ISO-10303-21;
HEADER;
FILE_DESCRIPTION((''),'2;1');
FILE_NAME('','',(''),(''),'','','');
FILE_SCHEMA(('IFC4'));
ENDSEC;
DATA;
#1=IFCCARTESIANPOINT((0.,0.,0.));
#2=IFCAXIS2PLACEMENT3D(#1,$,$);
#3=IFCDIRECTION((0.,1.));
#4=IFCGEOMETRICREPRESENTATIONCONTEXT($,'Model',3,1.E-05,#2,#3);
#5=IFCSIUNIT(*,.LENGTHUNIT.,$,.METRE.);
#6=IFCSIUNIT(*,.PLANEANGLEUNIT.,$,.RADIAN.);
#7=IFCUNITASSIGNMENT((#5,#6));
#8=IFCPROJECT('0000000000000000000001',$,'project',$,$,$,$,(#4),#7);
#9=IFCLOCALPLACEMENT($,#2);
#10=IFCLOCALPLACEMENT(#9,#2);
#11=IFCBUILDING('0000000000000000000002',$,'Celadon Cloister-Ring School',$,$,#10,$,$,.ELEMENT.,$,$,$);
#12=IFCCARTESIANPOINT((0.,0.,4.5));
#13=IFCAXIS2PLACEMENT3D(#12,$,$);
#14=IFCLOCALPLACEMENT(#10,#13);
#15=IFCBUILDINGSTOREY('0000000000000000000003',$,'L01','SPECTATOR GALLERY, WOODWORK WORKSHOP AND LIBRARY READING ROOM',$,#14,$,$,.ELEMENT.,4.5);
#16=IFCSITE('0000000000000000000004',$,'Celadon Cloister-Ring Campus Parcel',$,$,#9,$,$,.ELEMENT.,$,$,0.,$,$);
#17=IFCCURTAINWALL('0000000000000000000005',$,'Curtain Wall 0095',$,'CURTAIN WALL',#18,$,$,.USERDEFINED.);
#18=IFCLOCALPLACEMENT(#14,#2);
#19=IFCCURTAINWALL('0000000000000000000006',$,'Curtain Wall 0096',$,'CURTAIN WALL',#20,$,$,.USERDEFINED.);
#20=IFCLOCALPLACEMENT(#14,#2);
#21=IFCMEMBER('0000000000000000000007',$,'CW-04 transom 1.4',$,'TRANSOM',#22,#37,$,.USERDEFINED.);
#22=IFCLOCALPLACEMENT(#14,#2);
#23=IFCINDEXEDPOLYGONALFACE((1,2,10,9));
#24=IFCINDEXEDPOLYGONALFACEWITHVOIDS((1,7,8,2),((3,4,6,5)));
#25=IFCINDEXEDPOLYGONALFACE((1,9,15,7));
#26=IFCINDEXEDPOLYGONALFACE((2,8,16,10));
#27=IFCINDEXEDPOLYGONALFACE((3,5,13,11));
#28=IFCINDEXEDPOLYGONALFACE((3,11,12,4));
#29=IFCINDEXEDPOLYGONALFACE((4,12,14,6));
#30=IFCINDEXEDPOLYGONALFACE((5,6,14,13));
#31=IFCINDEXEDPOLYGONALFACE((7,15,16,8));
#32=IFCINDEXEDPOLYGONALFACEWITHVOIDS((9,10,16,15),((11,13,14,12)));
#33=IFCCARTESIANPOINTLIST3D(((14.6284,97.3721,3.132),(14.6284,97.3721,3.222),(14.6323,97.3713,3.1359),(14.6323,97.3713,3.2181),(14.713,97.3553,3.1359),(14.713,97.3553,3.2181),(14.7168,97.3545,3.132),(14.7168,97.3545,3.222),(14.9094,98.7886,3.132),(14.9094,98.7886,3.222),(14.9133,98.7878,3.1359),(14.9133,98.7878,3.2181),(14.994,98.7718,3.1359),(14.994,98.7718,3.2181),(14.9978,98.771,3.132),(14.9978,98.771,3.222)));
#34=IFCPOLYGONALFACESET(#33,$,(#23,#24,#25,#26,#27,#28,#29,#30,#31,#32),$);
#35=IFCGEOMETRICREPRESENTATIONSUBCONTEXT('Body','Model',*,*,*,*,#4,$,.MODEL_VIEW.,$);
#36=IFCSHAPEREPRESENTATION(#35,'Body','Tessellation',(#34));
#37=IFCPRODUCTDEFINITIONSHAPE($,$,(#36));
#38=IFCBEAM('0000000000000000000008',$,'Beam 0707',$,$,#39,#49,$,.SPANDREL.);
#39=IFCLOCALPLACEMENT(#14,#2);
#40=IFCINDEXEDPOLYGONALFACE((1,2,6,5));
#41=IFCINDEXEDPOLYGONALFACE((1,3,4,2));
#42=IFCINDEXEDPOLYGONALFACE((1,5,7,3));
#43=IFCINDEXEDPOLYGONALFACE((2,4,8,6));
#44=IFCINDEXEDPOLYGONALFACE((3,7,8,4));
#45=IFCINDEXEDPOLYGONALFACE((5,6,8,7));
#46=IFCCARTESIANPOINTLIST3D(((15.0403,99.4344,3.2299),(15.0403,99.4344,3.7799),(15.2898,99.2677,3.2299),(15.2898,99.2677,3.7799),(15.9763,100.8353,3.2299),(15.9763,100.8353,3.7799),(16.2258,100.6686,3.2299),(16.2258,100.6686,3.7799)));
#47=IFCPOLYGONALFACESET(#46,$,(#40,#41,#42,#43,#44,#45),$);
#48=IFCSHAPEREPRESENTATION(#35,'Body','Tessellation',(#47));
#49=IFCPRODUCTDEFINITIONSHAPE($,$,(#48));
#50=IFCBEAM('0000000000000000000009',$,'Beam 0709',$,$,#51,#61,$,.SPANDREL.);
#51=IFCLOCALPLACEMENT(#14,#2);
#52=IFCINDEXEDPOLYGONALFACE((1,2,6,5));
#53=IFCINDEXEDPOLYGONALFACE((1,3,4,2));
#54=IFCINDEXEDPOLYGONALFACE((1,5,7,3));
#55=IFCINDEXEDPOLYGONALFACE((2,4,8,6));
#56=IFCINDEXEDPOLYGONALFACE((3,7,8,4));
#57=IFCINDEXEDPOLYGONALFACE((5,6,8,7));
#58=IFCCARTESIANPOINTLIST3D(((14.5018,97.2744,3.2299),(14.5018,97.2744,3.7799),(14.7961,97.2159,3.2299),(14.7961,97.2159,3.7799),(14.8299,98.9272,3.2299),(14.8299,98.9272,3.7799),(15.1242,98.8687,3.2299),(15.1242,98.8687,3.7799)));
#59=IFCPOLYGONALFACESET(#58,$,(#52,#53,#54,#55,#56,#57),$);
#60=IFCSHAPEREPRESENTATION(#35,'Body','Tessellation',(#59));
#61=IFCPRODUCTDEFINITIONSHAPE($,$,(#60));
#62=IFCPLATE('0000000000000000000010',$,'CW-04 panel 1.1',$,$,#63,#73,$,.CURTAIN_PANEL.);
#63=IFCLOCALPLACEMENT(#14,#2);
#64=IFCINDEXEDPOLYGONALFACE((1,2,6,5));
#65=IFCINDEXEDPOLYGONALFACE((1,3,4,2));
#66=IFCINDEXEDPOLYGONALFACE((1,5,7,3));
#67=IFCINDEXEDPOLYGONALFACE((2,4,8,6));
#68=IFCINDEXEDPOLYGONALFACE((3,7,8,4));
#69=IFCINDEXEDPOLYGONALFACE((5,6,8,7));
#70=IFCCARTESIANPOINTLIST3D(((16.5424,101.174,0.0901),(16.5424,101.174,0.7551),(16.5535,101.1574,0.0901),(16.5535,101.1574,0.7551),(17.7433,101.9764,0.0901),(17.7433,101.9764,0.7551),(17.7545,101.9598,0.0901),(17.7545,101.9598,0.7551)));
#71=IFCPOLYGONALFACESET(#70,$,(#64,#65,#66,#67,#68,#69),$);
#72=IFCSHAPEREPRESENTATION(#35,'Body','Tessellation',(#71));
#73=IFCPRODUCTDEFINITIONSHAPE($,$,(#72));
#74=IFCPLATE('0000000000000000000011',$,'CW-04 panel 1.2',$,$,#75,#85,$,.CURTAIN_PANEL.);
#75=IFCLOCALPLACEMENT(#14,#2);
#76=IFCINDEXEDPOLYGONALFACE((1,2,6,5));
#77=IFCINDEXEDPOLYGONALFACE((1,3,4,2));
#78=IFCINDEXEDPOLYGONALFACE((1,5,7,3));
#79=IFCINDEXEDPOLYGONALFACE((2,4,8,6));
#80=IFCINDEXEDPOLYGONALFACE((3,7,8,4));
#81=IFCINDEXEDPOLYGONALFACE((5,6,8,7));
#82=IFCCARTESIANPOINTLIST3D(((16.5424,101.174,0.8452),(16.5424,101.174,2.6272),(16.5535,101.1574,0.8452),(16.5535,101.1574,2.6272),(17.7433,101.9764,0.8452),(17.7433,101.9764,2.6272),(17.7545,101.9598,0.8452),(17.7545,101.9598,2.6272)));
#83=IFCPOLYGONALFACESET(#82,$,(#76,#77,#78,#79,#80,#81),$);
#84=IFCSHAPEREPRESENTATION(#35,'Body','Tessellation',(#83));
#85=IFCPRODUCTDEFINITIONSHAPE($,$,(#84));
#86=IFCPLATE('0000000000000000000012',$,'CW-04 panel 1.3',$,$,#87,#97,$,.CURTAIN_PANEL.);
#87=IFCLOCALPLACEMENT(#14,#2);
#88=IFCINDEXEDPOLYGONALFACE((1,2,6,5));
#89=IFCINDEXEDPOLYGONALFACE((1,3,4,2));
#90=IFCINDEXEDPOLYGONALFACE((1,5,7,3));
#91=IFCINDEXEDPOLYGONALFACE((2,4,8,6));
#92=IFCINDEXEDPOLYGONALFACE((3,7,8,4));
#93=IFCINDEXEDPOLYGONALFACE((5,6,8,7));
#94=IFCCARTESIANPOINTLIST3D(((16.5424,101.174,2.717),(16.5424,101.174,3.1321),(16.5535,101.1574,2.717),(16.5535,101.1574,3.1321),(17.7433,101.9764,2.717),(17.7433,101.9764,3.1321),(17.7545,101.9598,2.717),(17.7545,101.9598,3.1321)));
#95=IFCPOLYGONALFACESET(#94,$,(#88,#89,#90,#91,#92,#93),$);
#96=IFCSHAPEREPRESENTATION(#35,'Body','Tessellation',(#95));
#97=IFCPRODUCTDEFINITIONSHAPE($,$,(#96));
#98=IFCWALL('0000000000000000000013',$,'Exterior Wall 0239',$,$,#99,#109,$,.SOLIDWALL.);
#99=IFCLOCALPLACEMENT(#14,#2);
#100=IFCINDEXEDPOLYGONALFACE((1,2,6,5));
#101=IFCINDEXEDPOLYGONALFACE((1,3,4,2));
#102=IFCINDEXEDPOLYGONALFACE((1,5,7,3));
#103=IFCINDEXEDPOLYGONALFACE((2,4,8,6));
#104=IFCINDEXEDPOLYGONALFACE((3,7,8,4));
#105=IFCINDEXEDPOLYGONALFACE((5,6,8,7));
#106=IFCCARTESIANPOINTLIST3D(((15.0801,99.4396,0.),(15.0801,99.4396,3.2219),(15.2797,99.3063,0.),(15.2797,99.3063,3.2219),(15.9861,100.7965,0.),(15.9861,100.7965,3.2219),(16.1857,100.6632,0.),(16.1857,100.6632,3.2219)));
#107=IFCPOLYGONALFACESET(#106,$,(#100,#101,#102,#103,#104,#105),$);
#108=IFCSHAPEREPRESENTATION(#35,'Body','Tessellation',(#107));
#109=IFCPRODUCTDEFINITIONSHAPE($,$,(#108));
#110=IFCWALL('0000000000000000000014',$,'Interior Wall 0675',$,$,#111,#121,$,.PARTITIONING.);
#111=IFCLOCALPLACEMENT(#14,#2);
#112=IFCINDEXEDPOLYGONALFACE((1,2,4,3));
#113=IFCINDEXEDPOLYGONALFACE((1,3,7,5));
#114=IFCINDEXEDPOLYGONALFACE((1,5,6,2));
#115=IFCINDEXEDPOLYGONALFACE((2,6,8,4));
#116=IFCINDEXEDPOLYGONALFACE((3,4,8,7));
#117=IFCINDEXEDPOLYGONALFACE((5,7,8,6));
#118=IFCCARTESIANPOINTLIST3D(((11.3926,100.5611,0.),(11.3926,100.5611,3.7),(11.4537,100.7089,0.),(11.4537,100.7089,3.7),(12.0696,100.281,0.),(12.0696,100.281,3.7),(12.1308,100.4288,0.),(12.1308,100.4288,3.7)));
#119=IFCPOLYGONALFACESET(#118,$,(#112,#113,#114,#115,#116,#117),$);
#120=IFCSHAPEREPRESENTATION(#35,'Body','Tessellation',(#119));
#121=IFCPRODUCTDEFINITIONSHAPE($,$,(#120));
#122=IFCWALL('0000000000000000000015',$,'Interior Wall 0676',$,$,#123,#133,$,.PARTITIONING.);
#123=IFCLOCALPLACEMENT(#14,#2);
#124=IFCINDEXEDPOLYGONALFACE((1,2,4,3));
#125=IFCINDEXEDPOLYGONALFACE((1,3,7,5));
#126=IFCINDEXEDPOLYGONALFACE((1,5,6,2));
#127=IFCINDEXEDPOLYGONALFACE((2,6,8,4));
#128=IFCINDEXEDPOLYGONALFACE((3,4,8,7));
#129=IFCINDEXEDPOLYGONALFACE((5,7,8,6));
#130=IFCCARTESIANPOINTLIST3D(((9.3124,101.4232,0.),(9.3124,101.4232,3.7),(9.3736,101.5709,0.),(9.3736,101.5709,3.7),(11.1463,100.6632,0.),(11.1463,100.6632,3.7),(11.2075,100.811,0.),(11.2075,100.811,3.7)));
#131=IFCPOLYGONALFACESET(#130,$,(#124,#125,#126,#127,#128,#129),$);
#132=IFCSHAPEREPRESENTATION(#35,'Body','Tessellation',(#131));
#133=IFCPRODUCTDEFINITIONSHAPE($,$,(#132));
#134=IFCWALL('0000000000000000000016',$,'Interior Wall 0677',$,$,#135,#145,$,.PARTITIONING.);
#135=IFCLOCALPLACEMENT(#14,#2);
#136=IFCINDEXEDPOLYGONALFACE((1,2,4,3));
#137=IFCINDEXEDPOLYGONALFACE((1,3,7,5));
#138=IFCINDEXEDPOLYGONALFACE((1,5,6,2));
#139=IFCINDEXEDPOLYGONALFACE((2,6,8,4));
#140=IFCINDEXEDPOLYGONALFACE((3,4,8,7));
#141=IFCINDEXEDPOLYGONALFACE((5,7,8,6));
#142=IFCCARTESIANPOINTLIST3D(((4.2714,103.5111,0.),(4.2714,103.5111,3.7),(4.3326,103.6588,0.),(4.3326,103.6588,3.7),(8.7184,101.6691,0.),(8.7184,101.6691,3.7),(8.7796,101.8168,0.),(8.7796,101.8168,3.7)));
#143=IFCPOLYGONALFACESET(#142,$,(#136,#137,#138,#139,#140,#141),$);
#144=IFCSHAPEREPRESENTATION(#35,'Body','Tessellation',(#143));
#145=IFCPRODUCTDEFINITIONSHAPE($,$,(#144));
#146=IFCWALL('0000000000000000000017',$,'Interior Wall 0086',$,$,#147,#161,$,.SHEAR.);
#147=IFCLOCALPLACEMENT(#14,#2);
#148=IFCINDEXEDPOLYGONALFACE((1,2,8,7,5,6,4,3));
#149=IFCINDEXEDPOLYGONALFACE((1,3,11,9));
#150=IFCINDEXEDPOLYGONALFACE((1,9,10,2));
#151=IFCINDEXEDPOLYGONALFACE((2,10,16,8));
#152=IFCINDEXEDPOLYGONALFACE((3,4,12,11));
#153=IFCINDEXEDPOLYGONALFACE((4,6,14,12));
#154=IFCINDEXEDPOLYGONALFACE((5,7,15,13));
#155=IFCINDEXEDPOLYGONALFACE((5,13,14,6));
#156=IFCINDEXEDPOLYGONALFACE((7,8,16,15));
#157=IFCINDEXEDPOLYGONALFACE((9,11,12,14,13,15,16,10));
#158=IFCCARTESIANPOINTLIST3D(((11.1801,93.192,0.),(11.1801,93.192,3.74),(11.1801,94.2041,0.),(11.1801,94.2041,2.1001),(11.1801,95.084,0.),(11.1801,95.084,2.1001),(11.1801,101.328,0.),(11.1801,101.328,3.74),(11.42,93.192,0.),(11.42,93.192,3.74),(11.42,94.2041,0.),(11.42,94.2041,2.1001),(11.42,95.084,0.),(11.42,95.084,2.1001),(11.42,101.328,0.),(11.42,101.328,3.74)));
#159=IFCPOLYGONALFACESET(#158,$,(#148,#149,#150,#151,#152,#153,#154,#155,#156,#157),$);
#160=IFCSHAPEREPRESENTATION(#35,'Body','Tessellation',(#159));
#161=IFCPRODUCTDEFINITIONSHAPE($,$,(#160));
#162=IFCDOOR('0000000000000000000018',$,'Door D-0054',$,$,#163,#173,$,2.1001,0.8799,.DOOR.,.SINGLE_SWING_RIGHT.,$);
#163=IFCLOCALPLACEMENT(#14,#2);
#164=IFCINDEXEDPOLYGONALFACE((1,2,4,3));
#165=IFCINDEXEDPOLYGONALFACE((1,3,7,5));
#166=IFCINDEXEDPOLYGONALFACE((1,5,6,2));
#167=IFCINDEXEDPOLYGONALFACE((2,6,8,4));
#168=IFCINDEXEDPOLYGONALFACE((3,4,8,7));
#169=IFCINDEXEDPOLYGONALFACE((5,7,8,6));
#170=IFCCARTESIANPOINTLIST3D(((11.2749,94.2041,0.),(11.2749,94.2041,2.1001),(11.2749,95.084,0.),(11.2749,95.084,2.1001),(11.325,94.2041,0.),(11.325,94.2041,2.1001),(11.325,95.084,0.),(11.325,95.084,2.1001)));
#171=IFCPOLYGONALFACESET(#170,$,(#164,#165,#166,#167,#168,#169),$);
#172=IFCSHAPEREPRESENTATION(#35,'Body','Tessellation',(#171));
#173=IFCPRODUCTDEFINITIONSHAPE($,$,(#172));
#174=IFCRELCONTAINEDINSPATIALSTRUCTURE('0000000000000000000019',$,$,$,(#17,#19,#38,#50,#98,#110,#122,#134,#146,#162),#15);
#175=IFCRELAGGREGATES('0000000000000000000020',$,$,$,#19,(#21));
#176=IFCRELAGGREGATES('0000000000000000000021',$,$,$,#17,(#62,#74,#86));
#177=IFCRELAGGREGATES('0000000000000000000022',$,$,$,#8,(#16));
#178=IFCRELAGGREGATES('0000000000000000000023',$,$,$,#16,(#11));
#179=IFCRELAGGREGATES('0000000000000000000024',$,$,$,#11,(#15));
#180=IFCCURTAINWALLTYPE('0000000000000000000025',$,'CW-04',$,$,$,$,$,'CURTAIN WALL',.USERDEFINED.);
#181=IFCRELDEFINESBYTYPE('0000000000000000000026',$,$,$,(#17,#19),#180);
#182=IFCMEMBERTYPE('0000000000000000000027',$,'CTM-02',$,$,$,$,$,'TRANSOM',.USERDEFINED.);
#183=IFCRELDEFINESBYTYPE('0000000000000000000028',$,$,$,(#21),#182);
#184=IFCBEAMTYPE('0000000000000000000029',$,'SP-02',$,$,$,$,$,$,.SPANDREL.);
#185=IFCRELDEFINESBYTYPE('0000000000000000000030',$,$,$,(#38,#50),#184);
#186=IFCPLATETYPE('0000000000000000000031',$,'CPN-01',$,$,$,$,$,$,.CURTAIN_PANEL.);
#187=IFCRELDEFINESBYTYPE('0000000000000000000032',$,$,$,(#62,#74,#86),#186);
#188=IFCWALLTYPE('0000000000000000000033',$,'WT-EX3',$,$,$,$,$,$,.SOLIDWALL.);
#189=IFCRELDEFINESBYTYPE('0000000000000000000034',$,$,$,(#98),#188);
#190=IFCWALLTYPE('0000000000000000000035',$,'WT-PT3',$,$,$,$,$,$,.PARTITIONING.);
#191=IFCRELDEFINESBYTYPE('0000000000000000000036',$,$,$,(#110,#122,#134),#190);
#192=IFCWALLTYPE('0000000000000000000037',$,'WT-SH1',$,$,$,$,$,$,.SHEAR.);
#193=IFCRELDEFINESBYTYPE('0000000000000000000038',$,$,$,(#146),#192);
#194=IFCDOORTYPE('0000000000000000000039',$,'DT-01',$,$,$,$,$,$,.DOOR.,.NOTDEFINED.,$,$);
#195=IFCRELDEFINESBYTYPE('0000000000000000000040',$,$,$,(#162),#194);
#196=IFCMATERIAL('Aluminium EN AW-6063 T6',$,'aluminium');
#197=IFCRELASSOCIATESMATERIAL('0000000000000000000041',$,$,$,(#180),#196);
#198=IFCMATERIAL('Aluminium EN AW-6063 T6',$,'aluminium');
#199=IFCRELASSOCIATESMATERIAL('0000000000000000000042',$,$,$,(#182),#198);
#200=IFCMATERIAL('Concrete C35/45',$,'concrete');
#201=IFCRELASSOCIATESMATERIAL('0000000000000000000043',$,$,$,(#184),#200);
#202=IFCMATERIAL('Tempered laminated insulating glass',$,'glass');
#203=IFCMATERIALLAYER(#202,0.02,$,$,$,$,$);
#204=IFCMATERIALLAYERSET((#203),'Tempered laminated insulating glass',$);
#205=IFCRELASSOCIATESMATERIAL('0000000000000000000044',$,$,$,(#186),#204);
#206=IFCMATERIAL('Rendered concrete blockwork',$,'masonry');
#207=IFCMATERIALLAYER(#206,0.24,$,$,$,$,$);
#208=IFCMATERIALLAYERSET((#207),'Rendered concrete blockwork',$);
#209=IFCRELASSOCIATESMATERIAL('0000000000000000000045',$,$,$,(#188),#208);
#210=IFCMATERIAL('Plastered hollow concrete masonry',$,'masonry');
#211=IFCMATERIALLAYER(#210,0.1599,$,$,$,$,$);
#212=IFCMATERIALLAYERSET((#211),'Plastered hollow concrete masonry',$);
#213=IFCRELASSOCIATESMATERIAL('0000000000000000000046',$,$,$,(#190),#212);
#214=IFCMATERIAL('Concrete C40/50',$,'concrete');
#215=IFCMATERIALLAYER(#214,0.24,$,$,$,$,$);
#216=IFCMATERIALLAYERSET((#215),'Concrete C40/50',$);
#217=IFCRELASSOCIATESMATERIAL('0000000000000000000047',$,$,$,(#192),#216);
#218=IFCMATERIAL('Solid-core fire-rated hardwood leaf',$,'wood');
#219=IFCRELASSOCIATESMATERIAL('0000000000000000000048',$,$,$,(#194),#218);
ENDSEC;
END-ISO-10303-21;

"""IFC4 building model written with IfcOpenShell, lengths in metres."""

from ifc_helpers import new_model, si_unit, direction, frame, frame_2d, origin, origin_2d, place, context, subcontext, project, spatial, rectangle, hollow_rectangle, extrude, material, layer, layer_set, material_profile, profile_set, type_object, element, fill, aggregate, save


model = new_model("IFC4")

# Units and contexts
model_context = context("Model", 3, precision=1e-05, world=origin(), true_north=direction((0.0, 1.0)))
body_context = subcontext(model_context, "Body", "Model", "MODEL_VIEW")
ifc_project = project(units=[si_unit("LENGTHUNIT", "METRE"), si_unit("PLANEANGLEUNIT", "RADIAN")], contexts=[model_context])

# Site, building, storey
site_placement = place(None, origin())
site = spatial("IfcSite", under=ifc_project, at=site_placement, Name="Celadon Cloister-Ring Campus Parcel", CompositionType="ELEMENT", RefElevation=0.0)
building_placement = place(site_placement, origin())
building = spatial("IfcBuilding", under=site, at=building_placement, Name="Celadon Cloister-Ring School", CompositionType="ELEMENT")
storey_placement = place(building_placement, frame((0.0, 0.0, 4.5)))
storey = spatial("IfcBuildingStorey", under=building, at=storey_placement, Name="L01", Description="SPECTATOR GALLERY, WOODWORK WORKSHOP AND LIBRARY READING ROOM", CompositionType="ELEMENT", Elevation=4.5)

# Curtain wall
ifc_material_1 = material(Name="Aluminium EN AW-6063 T6", Category="aluminium")
curtain_wall_type = type_object("IfcCurtainWallType", Name="CW-04", ElementType="CURTAIN WALL", PredefinedType="USERDEFINED", material=ifc_material_1)
curtain_wall_1_placement = place(storey_placement, origin())
curtain_wall_1 = element("IfcCurtainWall", 1, at=curtain_wall_1_placement, inside=storey, type_object=curtain_wall_type, Name="Curtain Wall 0095", ObjectType="CURTAIN WALL", PredefinedType="USERDEFINED")

# Curtain wall, member
curtain_wall_2_placement = place(storey_placement, origin())
curtain_wall_2 = element("IfcCurtainWall", 2, at=curtain_wall_2_placement, inside=storey, type_object=curtain_wall_type, Name="Curtain Wall 0096", ObjectType="CURTAIN WALL", PredefinedType="USERDEFINED")
ifc_material_2 = material(Name="Aluminium EN AW-6063 T6", Category="aluminium")
ifc_material_profile_1 = material_profile(ifc_material_2, hollow_rectangle(XDim=0.0901, YDim=0.0901, WallThickness=0.0039, at=origin_2d()), Name="RHS90X90X4")
ifc_profile_set_1 = profile_set([ifc_material_profile_1], Name="Aluminium EN AW-6063 T6")
member_type_1 = type_object("IfcMemberType", Name="CTM-02", ElementType="TRANSOM", PredefinedType="USERDEFINED", material=ifc_profile_set_1)
member_1_placement = place(storey_placement, frame((14.9536, 98.7798, 3.177), z_axis=(-0.194588, -0.980885, 0.0), x_axis=(0.980885, -0.194588, 0.0)))
member_1 = element("IfcMember", 3, at=member_1_placement, type_object=member_type_1, Name="CW-04 transom 1.4", ObjectType="TRANSOM", PredefinedType="USERDEFINED", context=body_context, shape_type="SweptSolid", body=[
    extrude(hollow_rectangle(XDim=0.0901, YDim=0.0901, WallThickness=0.0039, at=origin_2d()), origin(), (0.0, 0.0, 1.0), 1.4441),
])
aggregate(curtain_wall_2, [member_1])

# Beams
ifc_material_3 = material(Name="Concrete C35/45", Category="concrete")
ifc_material_profile_2 = material_profile(ifc_material_3, rectangle(XDim=0.3, YDim=0.55, at=origin_2d()), Name="RC300X550")
ifc_profile_set_2 = profile_set([ifc_material_profile_2], Name="Concrete C35/45")
beam_type_1 = type_object("IfcBeamType", Name="SP-02", PredefinedType="SPANDREL", material=ifc_profile_set_2)
beam_1_placement = place(storey_placement, frame((16.1011, 100.752, 3.5049), z_axis=(-0.555569, -0.83147, 0.0), x_axis=(0.83147, -0.555569, 0.0)))
element("IfcBeam", 4, at=beam_1_placement, inside=storey, type_object=beam_type_1, Name="Beam 0707", PredefinedType="SPANDREL", context=body_context, shape_type="SweptSolid", body=[
    extrude(rectangle(XDim=0.3, YDim=0.55, at=origin_2d()), origin(), (0.0, 0.0, 1.0), 1.6848),
])
beam_2_placement = place(storey_placement, frame((14.9771, 98.8979, 3.5049), z_axis=(-0.194723, -0.980858, 0.0), x_axis=(0.980858, -0.194723, 0.0)))
element("IfcBeam", 5, at=beam_2_placement, inside=storey, type_object=beam_type_1, Name="Beam 0709", PredefinedType="SPANDREL", context=body_context, shape_type="SweptSolid", body=[
    extrude(rectangle(XDim=0.3, YDim=0.55, at=origin_2d()), origin(), (0.0, 0.0, 1.0), 1.6851),
])

# Plates
ifc_material_4 = material(Name="Tempered laminated insulating glass", Category="glass")
ifc_layer_1 = layer(ifc_material_4, 0.02)
ifc_layer_set_1 = layer_set([ifc_layer_1], Name="Tempered laminated insulating glass")
plate_type = type_object("IfcPlateType", Name="CPN-01", PredefinedType="CURTAIN_PANEL", material=ifc_layer_set_1)
plate_1_placement = place(storey_placement, frame((17.1484, 101.5669, 0.0901), z_axis=(0.0, 0.0, 1.0), x_axis=(-0.831485, -0.555547, 0.0)))
plate_1 = element("IfcPlate", 6, at=plate_1_placement, type_object=plate_type, Name="CW-04 panel 1.1", PredefinedType="CURTAIN_PANEL", context=body_context, shape_type="SweptSolid", body=[
    extrude(rectangle(XDim=1.4443, YDim=0.02, at=origin_2d()), origin(), (0.0, 0.0, 1.0), 0.665),
])
plate_2_placement = place(storey_placement, frame((17.1484, 101.5669, 0.8452), z_axis=(0.0, 0.0, 1.0), x_axis=(-0.831485, -0.555547, 0.0)))
plate_2 = element("IfcPlate", 7, at=plate_2_placement, type_object=plate_type, Name="CW-04 panel 1.2", PredefinedType="CURTAIN_PANEL", context=body_context, shape_type="SweptSolid", body=[
    extrude(rectangle(XDim=1.4443, YDim=0.02, at=origin_2d()), origin(), (0.0, 0.0, 1.0), 1.782),
])
plate_3_placement = place(storey_placement, frame((17.1484, 101.5669, 2.717), z_axis=(0.0, 0.0, 1.0), x_axis=(-0.831485, -0.555547, 0.0)))
plate_3 = element("IfcPlate", 8, at=plate_3_placement, type_object=plate_type, Name="CW-04 panel 1.3", PredefinedType="CURTAIN_PANEL", context=body_context, shape_type="SweptSolid", body=[
    extrude(rectangle(XDim=1.4443, YDim=0.02, at=origin_2d()), origin(), (0.0, 0.0, 1.0), 0.415),
])
aggregate(curtain_wall_1, [plate_1, plate_2, plate_3])

# Walls
ifc_material_5 = material(Name="Rendered concrete blockwork", Category="masonry")
ifc_layer_2 = layer(ifc_material_5, 0.24)
ifc_layer_set_2 = layer_set([ifc_layer_2], Name="Rendered concrete blockwork")
wall_type_1 = type_object("IfcWallType", Name="WT-EX3", PredefinedType="SOLIDWALL", material=ifc_layer_set_2)
wall_1_placement = place(storey_placement, frame((16.0859, 100.73, 0.0), z_axis=(0.0, 0.0, 1.0), x_axis=(-0.555287, -0.831659, 0.0)))
element("IfcWall", 9, at=wall_1_placement, inside=storey, type_object=wall_type_1, Name="Exterior Wall 0239", PredefinedType="SOLIDWALL", context=body_context, shape_type="SweptSolid", body=[
    extrude(rectangle(XDim=1.6316, YDim=0.24, at=frame_2d((0.8159, 0.0))), origin(), (0.0, 0.0, 1.0), 3.2219),
])
ifc_material_6 = material(Name="Plastered hollow concrete masonry", Category="masonry")
ifc_layer_3 = layer(ifc_material_6, 0.1599)
ifc_layer_set_3 = layer_set([ifc_layer_3], Name="Plastered hollow concrete masonry")
wall_type_2 = type_object("IfcWallType", Name="WT-PT3", PredefinedType="PARTITIONING", material=ifc_layer_set_3)
wall_2_placement = place(storey_placement, frame((12.1001, 100.355, 0.0), z_axis=(0.0, 0.0, 1.0), x_axis=(-0.92407, 0.382224, 0.0)))
element("IfcWall", 10, at=wall_2_placement, inside=storey, type_object=wall_type_2, Name="Interior Wall 0675", PredefinedType="PARTITIONING", context=body_context, shape_type="SweptSolid", body=[
    extrude(rectangle(XDim=0.7327, YDim=0.1599, at=frame_2d((0.3662, 0.0))), origin(), (0.0, 0.0, 1.0), 3.7),
])
wall_3_placement = place(storey_placement, frame((11.177, 100.7371, 0.0), z_axis=(0.0, 0.0, 1.0), x_axis=(-0.923817, 0.382833, 0.0)))
element("IfcWall", 11, at=wall_3_placement, inside=storey, type_object=wall_type_2, Name="Interior Wall 0676", PredefinedType="PARTITIONING", context=body_context, shape_type="SweptSolid", body=[
    extrude(rectangle(XDim=1.9851, YDim=0.1599, at=frame_2d((0.9927, 0.0))), origin(), (0.0, 0.0, 1.0), 3.7),
])
wall_4_placement = place(storey_placement, frame((8.749, 101.7429, 0.0), z_axis=(0.0, 0.0, 1.0), x_axis=(-0.923878, 0.382688, 0.0)))
element("IfcWall", 12, at=wall_4_placement, inside=storey, type_object=wall_type_2, Name="Interior Wall 0677", PredefinedType="PARTITIONING", context=body_context, shape_type="SweptSolid", body=[
    extrude(rectangle(XDim=4.8135, YDim=0.1599, at=frame_2d((2.4067, 0.0))), origin(), (0.0, 0.0, 1.0), 3.7),
])

# Wall, opening, door
ifc_material_7 = material(Name="Concrete C40/50", Category="concrete")
ifc_layer_4 = layer(ifc_material_7, 0.24)
ifc_layer_set_4 = layer_set([ifc_layer_4], Name="Concrete C40/50")
wall_type_3 = type_object("IfcWallType", Name="WT-SH1", PredefinedType="SHEAR", material=ifc_layer_set_4)
wall_5_placement = place(storey_placement, frame((11.3, 101.3279, 0.0), z_axis=(0.0, 0.0, 1.0), x_axis=(0.0, -1.0, 0.0)))
wall_5 = element("IfcWall", 13, at=wall_5_placement, inside=storey, type_object=wall_type_3, Name="Interior Wall 0086", PredefinedType="SHEAR", context=body_context, shape_type="SweptSolid", body=[
    extrude(rectangle(XDim=8.136, YDim=0.24, at=frame_2d((4.0679, 0.0))), origin(), (0.0, 0.0, 1.0), 3.74),
])
opening_placement = place(wall_5_placement, frame((6.2439, 0.0, 0.0)))
opening = element("IfcOpeningElement", 14, at=opening_placement, cuts=wall_5, PredefinedType="OPENING", context=body_context, shape_type="SweptSolid", body=[
    extrude(rectangle(XDim=0.8799, YDim=2.1001, at=frame_2d((0.4399, 1.05))), frame((0.0, 0.1299, 0.0), z_axis=(0.0, -1.0, 0.0), x_axis=(1.0, 0.0, 0.0)), (0.0, 0.0, 1.0), 0.26),
])
ifc_material_8 = material(Name="Solid-core fire-rated hardwood leaf", Category="wood")
door_type = type_object("IfcDoorType", Name="DT-01", OperationType="NOTDEFINED", PredefinedType="DOOR", material=ifc_material_8)
door_placement = place(opening_placement, origin())
door = element("IfcDoor", 15, at=door_placement, inside=storey, type_object=door_type, Name="Door D-0054", OperationType="SINGLE_SWING_RIGHT", OverallHeight=2.1001, OverallWidth=0.8799, PredefinedType="DOOR", context=body_context, shape_type="SweptSolid", body=[
    extrude(rectangle(XDim=0.8799, YDim=2.1001, at=frame_2d((0.4399, 1.05))), frame((0.0, 0.0249, 0.0), z_axis=(0.0, -1.0, 0.0), x_axis=(1.0, 0.0, 0.0)), (0.0, 0.0, 1.0), 0.05),
])
fill(opening, door)

save(model, "model.ifc")
